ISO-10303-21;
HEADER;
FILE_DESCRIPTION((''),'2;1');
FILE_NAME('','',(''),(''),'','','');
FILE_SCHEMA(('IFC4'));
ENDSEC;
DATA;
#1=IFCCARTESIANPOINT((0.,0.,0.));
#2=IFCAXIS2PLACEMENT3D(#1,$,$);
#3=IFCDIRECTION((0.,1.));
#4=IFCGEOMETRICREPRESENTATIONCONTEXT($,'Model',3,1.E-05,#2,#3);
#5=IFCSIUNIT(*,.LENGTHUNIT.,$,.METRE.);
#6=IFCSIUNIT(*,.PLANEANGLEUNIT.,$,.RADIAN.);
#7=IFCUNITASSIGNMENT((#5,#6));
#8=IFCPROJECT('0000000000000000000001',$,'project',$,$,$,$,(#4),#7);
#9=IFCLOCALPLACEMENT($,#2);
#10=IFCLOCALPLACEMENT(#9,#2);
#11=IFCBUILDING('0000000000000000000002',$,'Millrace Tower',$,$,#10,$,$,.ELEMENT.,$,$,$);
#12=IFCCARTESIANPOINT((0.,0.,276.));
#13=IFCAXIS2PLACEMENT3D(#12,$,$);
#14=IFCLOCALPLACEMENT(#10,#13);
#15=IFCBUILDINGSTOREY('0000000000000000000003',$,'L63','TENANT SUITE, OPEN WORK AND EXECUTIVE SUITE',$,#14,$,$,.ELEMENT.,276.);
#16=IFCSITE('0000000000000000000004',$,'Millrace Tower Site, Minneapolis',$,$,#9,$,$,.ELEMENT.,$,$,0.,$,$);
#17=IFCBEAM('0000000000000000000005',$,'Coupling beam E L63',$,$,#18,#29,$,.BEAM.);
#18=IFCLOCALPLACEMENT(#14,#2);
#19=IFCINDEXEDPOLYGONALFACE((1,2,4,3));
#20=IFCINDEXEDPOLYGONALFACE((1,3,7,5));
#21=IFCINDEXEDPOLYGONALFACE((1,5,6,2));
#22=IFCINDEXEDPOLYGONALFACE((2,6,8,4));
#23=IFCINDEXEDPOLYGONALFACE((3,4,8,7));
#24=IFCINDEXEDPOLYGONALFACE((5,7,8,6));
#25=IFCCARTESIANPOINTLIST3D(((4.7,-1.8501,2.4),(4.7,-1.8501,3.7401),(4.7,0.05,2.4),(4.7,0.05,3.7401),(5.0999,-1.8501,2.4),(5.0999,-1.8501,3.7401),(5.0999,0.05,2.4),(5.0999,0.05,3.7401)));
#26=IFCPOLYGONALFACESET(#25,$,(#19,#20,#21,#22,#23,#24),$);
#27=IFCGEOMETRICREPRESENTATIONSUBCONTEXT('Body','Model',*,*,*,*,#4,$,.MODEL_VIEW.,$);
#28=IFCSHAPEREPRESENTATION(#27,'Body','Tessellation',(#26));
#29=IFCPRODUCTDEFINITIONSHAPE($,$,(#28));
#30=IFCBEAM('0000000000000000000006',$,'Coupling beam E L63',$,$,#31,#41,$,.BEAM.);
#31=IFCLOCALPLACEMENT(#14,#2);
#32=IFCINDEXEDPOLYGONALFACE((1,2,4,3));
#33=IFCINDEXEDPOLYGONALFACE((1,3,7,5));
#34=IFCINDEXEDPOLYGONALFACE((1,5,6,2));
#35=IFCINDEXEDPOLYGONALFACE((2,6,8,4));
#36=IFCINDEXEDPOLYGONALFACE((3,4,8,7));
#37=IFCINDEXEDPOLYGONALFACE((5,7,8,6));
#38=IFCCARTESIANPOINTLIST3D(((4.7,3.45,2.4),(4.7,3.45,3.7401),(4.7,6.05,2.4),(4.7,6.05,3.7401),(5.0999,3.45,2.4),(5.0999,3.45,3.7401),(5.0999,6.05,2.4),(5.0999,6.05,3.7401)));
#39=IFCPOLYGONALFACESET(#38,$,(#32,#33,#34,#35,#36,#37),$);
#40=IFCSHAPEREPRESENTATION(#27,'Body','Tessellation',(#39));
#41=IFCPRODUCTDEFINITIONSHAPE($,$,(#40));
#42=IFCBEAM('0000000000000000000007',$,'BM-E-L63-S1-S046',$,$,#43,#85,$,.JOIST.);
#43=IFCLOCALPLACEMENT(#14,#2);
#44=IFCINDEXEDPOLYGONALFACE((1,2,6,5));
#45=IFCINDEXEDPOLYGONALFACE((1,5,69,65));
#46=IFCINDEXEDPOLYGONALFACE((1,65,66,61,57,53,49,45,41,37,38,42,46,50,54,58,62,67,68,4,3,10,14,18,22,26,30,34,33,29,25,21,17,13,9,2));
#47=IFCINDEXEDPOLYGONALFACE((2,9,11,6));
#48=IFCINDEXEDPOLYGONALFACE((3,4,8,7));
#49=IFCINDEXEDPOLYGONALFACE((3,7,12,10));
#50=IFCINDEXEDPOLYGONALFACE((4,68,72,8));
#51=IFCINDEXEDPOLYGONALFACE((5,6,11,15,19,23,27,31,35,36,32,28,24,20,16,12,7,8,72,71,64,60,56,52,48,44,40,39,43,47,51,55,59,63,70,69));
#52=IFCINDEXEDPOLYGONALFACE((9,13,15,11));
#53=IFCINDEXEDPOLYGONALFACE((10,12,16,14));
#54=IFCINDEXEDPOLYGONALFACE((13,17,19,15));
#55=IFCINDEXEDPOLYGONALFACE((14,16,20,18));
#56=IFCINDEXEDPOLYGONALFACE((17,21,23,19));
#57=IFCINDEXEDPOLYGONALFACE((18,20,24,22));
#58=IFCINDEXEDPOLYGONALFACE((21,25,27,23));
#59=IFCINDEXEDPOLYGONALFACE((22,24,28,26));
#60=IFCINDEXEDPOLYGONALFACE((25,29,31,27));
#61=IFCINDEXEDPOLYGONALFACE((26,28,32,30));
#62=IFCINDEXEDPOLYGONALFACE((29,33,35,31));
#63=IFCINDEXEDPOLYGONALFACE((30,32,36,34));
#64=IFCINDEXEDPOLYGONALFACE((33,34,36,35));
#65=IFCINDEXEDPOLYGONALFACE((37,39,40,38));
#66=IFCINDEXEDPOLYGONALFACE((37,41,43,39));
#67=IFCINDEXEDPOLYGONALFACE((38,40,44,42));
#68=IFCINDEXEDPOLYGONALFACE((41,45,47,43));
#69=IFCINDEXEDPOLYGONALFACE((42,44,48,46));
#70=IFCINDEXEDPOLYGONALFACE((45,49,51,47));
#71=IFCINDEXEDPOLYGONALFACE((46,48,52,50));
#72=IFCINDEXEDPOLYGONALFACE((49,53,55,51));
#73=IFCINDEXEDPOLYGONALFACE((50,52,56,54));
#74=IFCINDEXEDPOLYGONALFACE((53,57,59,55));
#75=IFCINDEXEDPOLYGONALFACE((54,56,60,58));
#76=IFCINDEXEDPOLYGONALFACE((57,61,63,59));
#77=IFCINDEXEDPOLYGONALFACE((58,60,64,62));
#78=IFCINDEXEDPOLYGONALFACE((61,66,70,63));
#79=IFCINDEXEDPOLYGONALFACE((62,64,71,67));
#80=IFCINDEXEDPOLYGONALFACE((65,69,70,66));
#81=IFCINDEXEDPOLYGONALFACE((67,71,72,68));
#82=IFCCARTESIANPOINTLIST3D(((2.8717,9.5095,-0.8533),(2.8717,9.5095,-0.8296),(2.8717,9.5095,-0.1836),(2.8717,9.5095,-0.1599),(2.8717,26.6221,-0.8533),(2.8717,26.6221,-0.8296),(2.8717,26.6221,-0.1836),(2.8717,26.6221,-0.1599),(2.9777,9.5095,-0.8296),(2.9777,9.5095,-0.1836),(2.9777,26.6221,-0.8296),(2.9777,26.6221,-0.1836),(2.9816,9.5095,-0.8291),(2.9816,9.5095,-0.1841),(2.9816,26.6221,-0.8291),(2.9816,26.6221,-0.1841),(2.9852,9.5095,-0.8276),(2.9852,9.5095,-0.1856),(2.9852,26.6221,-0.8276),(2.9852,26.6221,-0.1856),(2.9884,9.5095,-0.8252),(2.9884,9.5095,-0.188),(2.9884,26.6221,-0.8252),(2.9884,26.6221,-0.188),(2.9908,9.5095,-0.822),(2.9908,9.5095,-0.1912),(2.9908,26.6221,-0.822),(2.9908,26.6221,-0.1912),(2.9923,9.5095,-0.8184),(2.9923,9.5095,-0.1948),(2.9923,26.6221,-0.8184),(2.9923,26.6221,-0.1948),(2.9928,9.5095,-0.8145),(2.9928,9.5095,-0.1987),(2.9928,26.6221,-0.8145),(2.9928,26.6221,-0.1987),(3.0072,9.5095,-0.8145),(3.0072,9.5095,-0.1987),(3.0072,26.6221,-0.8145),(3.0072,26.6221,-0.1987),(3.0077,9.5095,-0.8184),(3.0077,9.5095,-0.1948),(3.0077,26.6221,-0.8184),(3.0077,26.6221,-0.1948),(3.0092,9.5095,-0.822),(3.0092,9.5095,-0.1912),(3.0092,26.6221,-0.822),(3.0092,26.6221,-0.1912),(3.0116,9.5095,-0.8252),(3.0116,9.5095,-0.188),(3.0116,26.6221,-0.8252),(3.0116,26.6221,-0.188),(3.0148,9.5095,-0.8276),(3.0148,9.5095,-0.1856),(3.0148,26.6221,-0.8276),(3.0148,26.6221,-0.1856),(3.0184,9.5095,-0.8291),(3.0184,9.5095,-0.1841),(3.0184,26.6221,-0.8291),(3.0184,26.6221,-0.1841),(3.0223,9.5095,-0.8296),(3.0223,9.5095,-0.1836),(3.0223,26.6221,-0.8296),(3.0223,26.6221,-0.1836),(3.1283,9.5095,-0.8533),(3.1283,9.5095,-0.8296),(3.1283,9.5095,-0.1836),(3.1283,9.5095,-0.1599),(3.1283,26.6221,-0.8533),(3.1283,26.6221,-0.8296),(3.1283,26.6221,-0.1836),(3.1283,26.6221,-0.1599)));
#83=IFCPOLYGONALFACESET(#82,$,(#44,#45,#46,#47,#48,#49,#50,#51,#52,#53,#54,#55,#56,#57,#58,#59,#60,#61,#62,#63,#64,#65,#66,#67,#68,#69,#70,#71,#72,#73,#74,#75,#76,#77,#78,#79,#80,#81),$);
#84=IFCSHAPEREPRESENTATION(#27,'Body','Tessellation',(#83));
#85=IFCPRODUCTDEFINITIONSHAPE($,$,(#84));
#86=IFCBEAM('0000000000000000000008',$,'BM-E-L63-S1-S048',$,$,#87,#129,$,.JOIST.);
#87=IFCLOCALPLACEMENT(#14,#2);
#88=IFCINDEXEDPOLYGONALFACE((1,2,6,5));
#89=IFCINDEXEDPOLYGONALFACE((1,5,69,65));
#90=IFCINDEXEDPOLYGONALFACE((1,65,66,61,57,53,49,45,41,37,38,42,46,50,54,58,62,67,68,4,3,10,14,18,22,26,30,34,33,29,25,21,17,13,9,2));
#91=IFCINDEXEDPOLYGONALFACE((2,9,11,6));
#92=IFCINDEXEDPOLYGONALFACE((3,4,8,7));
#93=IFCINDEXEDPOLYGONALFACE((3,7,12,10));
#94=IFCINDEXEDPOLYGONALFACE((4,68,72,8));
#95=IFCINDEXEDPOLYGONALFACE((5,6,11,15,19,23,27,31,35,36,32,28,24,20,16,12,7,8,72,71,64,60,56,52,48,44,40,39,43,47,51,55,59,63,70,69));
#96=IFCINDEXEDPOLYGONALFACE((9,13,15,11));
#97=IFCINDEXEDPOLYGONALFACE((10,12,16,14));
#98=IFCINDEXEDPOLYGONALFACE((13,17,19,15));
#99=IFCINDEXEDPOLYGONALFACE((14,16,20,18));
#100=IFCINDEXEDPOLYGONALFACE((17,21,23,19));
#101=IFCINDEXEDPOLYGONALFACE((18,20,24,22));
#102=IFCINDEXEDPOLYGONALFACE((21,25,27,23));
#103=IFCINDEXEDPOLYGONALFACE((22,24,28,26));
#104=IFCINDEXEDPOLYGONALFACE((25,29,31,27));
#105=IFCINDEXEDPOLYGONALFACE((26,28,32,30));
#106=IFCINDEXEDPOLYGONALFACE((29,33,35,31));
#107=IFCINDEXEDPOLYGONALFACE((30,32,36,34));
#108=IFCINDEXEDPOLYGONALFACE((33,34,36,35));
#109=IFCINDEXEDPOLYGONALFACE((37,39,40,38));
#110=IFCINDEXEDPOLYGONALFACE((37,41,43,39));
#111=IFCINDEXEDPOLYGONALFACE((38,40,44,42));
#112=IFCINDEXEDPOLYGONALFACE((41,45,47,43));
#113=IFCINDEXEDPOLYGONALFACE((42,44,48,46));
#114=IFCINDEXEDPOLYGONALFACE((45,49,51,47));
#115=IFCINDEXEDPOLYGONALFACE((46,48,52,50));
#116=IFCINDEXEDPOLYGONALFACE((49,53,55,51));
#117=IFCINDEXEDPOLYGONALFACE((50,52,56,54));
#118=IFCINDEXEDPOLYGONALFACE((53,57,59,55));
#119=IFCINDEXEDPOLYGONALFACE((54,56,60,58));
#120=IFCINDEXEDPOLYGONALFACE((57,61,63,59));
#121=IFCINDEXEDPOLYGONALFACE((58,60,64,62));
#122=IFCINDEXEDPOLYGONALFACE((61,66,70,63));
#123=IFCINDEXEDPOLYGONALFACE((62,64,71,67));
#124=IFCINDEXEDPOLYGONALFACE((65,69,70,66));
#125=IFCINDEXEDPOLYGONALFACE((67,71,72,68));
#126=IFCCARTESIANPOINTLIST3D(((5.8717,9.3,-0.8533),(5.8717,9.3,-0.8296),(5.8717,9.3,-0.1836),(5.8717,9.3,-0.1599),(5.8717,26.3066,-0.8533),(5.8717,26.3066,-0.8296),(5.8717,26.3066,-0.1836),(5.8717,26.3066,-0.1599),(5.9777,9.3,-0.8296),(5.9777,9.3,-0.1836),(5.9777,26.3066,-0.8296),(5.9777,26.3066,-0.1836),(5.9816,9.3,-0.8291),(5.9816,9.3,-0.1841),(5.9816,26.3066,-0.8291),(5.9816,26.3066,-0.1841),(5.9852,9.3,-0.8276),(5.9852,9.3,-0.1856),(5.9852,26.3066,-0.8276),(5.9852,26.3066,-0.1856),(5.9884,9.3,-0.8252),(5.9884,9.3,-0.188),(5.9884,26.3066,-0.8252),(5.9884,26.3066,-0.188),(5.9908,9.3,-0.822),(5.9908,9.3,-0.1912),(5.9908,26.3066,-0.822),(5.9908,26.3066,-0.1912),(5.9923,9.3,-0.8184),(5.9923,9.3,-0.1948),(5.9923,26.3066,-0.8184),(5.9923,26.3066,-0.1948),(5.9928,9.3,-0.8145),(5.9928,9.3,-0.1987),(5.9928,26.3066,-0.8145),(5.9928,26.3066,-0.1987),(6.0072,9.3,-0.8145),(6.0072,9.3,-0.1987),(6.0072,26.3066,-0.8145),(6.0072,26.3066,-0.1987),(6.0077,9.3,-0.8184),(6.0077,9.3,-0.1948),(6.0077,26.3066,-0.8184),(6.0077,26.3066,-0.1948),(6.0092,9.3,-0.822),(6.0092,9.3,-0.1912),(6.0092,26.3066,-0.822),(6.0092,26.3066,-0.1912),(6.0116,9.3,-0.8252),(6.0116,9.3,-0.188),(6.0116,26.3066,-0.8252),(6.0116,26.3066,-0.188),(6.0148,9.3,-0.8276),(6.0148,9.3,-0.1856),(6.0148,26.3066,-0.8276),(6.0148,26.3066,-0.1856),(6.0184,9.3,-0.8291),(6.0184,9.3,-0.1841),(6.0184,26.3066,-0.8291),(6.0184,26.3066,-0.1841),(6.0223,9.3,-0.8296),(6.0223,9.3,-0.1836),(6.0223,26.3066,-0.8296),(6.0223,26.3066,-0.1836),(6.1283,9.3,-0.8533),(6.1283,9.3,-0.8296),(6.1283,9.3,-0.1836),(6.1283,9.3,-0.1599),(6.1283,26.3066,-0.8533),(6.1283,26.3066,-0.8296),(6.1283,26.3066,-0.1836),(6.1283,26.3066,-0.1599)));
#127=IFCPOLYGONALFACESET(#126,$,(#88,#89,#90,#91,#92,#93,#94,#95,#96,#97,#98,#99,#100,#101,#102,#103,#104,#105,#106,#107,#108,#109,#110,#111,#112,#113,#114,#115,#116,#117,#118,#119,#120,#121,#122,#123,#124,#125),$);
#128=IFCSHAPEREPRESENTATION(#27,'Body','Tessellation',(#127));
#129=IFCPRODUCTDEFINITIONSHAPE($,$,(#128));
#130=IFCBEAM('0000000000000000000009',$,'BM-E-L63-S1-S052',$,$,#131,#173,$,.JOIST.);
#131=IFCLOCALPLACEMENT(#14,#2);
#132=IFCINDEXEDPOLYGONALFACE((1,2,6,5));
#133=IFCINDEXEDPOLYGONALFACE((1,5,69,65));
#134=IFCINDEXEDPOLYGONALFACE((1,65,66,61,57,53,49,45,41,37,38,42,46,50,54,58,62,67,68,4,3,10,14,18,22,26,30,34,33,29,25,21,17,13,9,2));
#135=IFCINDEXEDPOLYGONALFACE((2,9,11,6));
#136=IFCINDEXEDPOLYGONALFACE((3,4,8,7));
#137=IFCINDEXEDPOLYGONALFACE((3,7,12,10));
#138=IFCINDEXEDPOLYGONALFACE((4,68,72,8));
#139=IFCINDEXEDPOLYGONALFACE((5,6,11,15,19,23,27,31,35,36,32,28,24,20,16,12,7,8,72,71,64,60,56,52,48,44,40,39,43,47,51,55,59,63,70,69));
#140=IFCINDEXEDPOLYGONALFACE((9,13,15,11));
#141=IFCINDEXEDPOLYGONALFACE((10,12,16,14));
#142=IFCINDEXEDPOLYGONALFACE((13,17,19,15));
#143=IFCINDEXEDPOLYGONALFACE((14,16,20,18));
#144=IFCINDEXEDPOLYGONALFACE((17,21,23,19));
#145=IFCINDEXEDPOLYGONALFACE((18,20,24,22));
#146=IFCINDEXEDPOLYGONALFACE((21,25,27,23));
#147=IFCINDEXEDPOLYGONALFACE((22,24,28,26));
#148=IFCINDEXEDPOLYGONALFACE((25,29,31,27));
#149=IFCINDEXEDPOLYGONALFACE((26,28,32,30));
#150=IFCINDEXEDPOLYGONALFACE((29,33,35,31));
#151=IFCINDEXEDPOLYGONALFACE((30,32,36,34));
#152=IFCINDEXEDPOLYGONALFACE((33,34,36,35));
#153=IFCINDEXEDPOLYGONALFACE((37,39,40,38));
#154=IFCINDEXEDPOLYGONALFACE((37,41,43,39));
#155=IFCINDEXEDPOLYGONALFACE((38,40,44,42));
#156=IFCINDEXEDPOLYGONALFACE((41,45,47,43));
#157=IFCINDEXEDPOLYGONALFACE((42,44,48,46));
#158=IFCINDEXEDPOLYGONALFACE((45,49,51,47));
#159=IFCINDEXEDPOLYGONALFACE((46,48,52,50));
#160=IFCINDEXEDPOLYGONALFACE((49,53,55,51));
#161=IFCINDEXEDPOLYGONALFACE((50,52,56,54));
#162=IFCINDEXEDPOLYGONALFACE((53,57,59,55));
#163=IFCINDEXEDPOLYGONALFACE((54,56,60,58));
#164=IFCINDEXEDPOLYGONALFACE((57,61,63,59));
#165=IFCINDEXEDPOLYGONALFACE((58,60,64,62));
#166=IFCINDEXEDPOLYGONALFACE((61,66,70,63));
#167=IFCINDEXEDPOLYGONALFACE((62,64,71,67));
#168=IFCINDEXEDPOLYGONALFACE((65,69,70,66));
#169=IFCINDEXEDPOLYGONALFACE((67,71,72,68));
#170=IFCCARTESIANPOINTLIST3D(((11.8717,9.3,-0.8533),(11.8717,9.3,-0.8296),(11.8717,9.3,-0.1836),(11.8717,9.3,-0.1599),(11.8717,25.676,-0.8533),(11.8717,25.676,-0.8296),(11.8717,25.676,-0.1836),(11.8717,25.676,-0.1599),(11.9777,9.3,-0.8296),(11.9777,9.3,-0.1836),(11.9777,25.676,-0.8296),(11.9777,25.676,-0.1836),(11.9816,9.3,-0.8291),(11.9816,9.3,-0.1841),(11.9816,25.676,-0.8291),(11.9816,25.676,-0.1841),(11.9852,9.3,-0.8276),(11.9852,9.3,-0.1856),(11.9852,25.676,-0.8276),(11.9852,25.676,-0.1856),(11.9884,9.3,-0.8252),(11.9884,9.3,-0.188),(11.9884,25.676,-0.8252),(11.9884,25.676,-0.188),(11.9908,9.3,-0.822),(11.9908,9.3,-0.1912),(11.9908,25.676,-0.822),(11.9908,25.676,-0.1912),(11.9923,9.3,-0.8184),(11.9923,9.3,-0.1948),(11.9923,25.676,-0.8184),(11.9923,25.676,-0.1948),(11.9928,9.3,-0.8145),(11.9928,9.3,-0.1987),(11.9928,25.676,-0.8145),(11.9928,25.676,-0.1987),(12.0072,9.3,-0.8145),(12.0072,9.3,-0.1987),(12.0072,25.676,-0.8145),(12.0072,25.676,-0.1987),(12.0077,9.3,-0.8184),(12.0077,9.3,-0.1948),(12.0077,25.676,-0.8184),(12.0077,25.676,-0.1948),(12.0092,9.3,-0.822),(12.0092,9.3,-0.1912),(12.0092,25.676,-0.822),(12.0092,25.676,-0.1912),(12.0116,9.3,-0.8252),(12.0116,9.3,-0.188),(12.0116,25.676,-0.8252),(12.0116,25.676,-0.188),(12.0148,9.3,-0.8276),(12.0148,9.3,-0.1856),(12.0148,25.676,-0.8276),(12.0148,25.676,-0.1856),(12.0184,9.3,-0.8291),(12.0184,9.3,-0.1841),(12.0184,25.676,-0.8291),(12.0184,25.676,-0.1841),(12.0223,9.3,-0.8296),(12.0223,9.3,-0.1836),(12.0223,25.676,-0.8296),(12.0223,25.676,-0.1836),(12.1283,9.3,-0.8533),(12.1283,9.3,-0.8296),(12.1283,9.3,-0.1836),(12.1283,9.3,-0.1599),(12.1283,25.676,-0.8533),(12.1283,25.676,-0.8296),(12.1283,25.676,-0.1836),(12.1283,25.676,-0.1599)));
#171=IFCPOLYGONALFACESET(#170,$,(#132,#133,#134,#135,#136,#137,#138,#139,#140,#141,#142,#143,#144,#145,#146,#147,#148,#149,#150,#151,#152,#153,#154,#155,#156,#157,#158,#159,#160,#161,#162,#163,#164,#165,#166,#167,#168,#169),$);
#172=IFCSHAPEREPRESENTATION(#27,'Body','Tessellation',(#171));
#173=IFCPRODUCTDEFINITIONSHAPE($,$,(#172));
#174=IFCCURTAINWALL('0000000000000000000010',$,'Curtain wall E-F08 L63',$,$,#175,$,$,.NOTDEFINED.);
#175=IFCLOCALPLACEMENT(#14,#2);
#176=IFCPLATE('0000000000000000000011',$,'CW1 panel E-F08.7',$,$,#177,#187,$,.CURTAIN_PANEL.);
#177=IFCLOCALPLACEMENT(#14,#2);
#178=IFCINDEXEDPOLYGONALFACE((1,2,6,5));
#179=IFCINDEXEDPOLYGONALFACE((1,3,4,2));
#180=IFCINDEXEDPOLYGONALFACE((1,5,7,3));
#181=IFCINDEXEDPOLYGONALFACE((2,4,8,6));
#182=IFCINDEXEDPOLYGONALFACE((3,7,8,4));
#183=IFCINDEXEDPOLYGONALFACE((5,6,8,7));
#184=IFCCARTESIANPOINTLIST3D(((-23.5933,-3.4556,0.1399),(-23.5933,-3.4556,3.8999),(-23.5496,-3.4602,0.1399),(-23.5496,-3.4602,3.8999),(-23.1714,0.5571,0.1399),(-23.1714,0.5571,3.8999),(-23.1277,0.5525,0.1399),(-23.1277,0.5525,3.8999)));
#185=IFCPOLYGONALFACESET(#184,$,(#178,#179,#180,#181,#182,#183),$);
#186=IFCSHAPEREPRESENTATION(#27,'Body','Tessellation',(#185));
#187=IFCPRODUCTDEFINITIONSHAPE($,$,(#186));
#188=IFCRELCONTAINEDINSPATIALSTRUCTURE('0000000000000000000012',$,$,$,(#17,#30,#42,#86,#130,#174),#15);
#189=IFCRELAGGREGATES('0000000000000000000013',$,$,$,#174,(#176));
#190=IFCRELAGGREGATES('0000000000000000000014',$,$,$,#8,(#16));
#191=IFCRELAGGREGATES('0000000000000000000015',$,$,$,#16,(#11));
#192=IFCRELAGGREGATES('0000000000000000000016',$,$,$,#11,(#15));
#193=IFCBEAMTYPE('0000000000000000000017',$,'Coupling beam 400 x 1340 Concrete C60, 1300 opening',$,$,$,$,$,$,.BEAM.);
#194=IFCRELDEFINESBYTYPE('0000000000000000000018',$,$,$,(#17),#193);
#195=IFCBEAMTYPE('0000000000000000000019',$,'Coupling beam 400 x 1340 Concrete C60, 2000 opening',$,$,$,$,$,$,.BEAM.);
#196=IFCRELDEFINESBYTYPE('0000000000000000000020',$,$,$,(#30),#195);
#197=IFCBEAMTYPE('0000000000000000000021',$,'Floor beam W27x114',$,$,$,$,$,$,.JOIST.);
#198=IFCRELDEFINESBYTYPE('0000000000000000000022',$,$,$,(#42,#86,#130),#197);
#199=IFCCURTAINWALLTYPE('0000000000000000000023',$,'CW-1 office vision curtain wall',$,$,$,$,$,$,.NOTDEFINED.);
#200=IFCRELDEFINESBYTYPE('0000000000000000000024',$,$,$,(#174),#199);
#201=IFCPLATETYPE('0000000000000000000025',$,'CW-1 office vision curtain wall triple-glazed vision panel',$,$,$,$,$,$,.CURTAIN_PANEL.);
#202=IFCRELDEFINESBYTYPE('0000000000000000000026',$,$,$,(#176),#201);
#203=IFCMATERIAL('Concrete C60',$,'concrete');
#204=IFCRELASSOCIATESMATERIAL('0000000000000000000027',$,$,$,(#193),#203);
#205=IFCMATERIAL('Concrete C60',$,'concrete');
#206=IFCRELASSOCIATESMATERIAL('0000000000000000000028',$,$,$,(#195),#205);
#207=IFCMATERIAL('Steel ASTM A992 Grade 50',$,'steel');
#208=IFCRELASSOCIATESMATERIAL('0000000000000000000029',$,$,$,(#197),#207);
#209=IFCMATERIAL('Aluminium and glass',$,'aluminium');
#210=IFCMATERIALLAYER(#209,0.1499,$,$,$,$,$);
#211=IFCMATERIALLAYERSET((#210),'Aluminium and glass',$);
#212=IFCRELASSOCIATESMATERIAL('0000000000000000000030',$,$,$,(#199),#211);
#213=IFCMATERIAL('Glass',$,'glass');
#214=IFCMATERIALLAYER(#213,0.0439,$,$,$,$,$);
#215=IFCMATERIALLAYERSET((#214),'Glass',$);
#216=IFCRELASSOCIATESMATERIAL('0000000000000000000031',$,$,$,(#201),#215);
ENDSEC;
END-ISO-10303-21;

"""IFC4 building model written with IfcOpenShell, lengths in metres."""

from ifc_helpers import new_model, si_unit, direction, frame, origin, origin_2d, place, context, subcontext, project, spatial, polyline, rectangle, i_section, outline, extrude, material, layer, layer_set, material_profile, profile_set, type_object, element, aggregate, save


model = new_model("IFC4")

# Units and contexts
model_context = context("Model", 3, precision=1e-05, world=origin(), true_north=direction((0.0, 1.0)))
body_context = subcontext(model_context, "Body", "Model", "MODEL_VIEW")
ifc_project = project(units=[si_unit("LENGTHUNIT", "METRE"), si_unit("PLANEANGLEUNIT", "RADIAN")], contexts=[model_context])

# Site, building, storey
site_placement = place(None, origin())
site = spatial("IfcSite", under=ifc_project, at=site_placement, Name="Millrace Tower Site, Minneapolis", CompositionType="ELEMENT", RefElevation=0.0)
building_placement = place(site_placement, origin())
building = spatial("IfcBuilding", under=site, at=building_placement, Name="Millrace Tower", CompositionType="ELEMENT")
storey_placement = place(building_placement, frame((0.0, 0.0, 276.0)))
storey = spatial("IfcBuildingStorey", under=building, at=storey_placement, Name="L63", Description="TENANT SUITE, OPEN WORK AND EXECUTIVE SUITE", CompositionType="ELEMENT", Elevation=276.0)

# Beams
ifc_material_1 = material(Name="Concrete C60", Category="concrete")
ifc_material_profile_1 = material_profile(ifc_material_1, rectangle(XDim=0.3999, YDim=1.3401, at=origin_2d()))
ifc_profile_set_1 = profile_set([ifc_material_profile_1], Name="Concrete C60")
beam_type_1 = type_object("IfcBeamType", Name="Coupling beam 400 x 1340 Concrete C60, 1300 opening", PredefinedType="BEAM", material=ifc_profile_set_1)
beam_1_placement = place(storey_placement, frame((4.8999, 0.05, 3.0701), z_axis=(0.0, -1.0, 0.0), x_axis=(1.0, 0.0, 0.0)))
element("IfcBeam", 1, at=beam_1_placement, inside=storey, type_object=beam_type_1, Name="Coupling beam E L63", PredefinedType="BEAM", context=body_context, shape_type="SweptSolid", body=[
    extrude(rectangle(XDim=0.3999, YDim=1.3401, at=origin_2d()), origin(), (0.0, 0.0, 1.0), 1.9001),
])
ifc_material_2 = material(Name="Concrete C60", Category="concrete")
ifc_material_profile_2 = material_profile(ifc_material_2, rectangle(XDim=0.3999, YDim=1.3401, at=origin_2d()))
ifc_profile_set_2 = profile_set([ifc_material_profile_2], Name="Concrete C60")
beam_type_2 = type_object("IfcBeamType", Name="Coupling beam 400 x 1340 Concrete C60, 2000 opening", PredefinedType="BEAM", material=ifc_profile_set_2)
beam_2_placement = place(storey_placement, frame((4.8999, 6.05, 3.0701), z_axis=(0.0, -1.0, 0.0), x_axis=(1.0, 0.0, 0.0)))
element("IfcBeam", 2, at=beam_2_placement, inside=storey, type_object=beam_type_2, Name="Coupling beam E L63", PredefinedType="BEAM", context=body_context, shape_type="SweptSolid", body=[
    extrude(rectangle(XDim=0.3999, YDim=1.3401, at=origin_2d()), origin(), (0.0, 0.0, 1.0), 2.6001),
])
ifc_material_3 = material(Name="Steel ASTM A992 Grade 50", Category="steel")
ifc_material_profile_3 = material_profile(ifc_material_3, i_section(OverallWidth=0.2566, OverallDepth=0.6934, WebThickness=0.0144, FlangeThickness=0.0237, FilletRadius=0.0151, at=origin_2d()))
ifc_profile_set_3 = profile_set([ifc_material_profile_3], Name="Steel ASTM A992 Grade 50")
beam_type_3 = type_object("IfcBeamType", Name="Floor beam W27x114", PredefinedType="JOIST", material=ifc_profile_set_3)
beam_3_placement = place(storey_placement, frame((3.0, 9.5095, -0.5066), z_axis=(0.0, 1.0, 0.0), x_axis=(-1.0, 0.0, 0.0)))
element("IfcBeam", 3, at=beam_3_placement, inside=storey, type_object=beam_type_3, Name="BM-E-L63-S1-S046", PredefinedType="JOIST", context=body_context, shape_type="SweptSolid", body=[
    extrude(i_section(OverallWidth=0.2566, OverallDepth=0.6934, WebThickness=0.0144, FlangeThickness=0.0237, FilletRadius=0.0151, at=origin_2d()), origin(), (0.0, 0.0, 1.0), 17.1125),
])
beam_4_placement = place(storey_placement, frame((6.0, 9.3, -0.5066), z_axis=(0.0, 1.0, 0.0), x_axis=(-1.0, 0.0, 0.0)))
element("IfcBeam", 4, at=beam_4_placement, inside=storey, type_object=beam_type_3, Name="BM-E-L63-S1-S048", PredefinedType="JOIST", context=body_context, shape_type="SweptSolid", body=[
    extrude(i_section(OverallWidth=0.2566, OverallDepth=0.6934, WebThickness=0.0144, FlangeThickness=0.0237, FilletRadius=0.0151, at=origin_2d()), origin(), (0.0, 0.0, 1.0), 17.0066),
])
beam_5_placement = place(storey_placement, frame((12.0, 9.3, -0.5066), z_axis=(0.0, 1.0, 0.0), x_axis=(-1.0, 0.0, 0.0)))
element("IfcBeam", 5, at=beam_5_placement, inside=storey, type_object=beam_type_3, Name="BM-E-L63-S1-S052", PredefinedType="JOIST", context=body_context, shape_type="SweptSolid", body=[
    extrude(i_section(OverallWidth=0.2566, OverallDepth=0.6934, WebThickness=0.0144, FlangeThickness=0.0237, FilletRadius=0.0151, at=origin_2d()), origin(), (0.0, 0.0, 1.0), 16.376),
])

# Curtain wall, plate
ifc_material_4 = material(Name="Aluminium and glass", Category="aluminium")
ifc_layer_1 = layer(ifc_material_4, 0.1499)
ifc_layer_set_1 = layer_set([ifc_layer_1], Name="Aluminium and glass")
curtain_wall_type = type_object("IfcCurtainWallType", Name="CW-1 office vision curtain wall", PredefinedType="NOTDEFINED", material=ifc_layer_set_1)
placement_1 = place(storey_placement, origin())
curtain_wall = element("IfcCurtainWall", 6, at=placement_1, inside=storey, type_object=curtain_wall_type, Name="Curtain wall E-F08 L63", PredefinedType="NOTDEFINED")
ifc_material_5 = material(Name="Glass", Category="glass")
ifc_layer_2 = layer(ifc_material_5, 0.0439)
ifc_layer_set_2 = layer_set([ifc_layer_2], Name="Glass")
plate_type = type_object("IfcPlateType", Name="CW-1 office vision curtain wall triple-glazed vision panel", PredefinedType="CURTAIN_PANEL", material=ifc_layer_set_2)
placement_2 = place(storey_placement, frame((0.0, 0.0, 0.1399)))
plate_1 = element("IfcPlate", 7, at=placement_2, type_object=plate_type, Name="CW1 panel E-F08.7", PredefinedType="CURTAIN_PANEL", context=body_context, shape_type="SweptSolid", body=[
    extrude(outline(polyline([(-23.1714, 0.5571), (-23.5933, -3.4556), (-23.5496, -3.4602), (-23.1277, 0.5525), (-23.1714, 0.5571)])), origin(), (0.0, 0.0, 1.0), 3.76),
])
aggregate(curtain_wall, [plate_1])

save(model, "model.ifc")
